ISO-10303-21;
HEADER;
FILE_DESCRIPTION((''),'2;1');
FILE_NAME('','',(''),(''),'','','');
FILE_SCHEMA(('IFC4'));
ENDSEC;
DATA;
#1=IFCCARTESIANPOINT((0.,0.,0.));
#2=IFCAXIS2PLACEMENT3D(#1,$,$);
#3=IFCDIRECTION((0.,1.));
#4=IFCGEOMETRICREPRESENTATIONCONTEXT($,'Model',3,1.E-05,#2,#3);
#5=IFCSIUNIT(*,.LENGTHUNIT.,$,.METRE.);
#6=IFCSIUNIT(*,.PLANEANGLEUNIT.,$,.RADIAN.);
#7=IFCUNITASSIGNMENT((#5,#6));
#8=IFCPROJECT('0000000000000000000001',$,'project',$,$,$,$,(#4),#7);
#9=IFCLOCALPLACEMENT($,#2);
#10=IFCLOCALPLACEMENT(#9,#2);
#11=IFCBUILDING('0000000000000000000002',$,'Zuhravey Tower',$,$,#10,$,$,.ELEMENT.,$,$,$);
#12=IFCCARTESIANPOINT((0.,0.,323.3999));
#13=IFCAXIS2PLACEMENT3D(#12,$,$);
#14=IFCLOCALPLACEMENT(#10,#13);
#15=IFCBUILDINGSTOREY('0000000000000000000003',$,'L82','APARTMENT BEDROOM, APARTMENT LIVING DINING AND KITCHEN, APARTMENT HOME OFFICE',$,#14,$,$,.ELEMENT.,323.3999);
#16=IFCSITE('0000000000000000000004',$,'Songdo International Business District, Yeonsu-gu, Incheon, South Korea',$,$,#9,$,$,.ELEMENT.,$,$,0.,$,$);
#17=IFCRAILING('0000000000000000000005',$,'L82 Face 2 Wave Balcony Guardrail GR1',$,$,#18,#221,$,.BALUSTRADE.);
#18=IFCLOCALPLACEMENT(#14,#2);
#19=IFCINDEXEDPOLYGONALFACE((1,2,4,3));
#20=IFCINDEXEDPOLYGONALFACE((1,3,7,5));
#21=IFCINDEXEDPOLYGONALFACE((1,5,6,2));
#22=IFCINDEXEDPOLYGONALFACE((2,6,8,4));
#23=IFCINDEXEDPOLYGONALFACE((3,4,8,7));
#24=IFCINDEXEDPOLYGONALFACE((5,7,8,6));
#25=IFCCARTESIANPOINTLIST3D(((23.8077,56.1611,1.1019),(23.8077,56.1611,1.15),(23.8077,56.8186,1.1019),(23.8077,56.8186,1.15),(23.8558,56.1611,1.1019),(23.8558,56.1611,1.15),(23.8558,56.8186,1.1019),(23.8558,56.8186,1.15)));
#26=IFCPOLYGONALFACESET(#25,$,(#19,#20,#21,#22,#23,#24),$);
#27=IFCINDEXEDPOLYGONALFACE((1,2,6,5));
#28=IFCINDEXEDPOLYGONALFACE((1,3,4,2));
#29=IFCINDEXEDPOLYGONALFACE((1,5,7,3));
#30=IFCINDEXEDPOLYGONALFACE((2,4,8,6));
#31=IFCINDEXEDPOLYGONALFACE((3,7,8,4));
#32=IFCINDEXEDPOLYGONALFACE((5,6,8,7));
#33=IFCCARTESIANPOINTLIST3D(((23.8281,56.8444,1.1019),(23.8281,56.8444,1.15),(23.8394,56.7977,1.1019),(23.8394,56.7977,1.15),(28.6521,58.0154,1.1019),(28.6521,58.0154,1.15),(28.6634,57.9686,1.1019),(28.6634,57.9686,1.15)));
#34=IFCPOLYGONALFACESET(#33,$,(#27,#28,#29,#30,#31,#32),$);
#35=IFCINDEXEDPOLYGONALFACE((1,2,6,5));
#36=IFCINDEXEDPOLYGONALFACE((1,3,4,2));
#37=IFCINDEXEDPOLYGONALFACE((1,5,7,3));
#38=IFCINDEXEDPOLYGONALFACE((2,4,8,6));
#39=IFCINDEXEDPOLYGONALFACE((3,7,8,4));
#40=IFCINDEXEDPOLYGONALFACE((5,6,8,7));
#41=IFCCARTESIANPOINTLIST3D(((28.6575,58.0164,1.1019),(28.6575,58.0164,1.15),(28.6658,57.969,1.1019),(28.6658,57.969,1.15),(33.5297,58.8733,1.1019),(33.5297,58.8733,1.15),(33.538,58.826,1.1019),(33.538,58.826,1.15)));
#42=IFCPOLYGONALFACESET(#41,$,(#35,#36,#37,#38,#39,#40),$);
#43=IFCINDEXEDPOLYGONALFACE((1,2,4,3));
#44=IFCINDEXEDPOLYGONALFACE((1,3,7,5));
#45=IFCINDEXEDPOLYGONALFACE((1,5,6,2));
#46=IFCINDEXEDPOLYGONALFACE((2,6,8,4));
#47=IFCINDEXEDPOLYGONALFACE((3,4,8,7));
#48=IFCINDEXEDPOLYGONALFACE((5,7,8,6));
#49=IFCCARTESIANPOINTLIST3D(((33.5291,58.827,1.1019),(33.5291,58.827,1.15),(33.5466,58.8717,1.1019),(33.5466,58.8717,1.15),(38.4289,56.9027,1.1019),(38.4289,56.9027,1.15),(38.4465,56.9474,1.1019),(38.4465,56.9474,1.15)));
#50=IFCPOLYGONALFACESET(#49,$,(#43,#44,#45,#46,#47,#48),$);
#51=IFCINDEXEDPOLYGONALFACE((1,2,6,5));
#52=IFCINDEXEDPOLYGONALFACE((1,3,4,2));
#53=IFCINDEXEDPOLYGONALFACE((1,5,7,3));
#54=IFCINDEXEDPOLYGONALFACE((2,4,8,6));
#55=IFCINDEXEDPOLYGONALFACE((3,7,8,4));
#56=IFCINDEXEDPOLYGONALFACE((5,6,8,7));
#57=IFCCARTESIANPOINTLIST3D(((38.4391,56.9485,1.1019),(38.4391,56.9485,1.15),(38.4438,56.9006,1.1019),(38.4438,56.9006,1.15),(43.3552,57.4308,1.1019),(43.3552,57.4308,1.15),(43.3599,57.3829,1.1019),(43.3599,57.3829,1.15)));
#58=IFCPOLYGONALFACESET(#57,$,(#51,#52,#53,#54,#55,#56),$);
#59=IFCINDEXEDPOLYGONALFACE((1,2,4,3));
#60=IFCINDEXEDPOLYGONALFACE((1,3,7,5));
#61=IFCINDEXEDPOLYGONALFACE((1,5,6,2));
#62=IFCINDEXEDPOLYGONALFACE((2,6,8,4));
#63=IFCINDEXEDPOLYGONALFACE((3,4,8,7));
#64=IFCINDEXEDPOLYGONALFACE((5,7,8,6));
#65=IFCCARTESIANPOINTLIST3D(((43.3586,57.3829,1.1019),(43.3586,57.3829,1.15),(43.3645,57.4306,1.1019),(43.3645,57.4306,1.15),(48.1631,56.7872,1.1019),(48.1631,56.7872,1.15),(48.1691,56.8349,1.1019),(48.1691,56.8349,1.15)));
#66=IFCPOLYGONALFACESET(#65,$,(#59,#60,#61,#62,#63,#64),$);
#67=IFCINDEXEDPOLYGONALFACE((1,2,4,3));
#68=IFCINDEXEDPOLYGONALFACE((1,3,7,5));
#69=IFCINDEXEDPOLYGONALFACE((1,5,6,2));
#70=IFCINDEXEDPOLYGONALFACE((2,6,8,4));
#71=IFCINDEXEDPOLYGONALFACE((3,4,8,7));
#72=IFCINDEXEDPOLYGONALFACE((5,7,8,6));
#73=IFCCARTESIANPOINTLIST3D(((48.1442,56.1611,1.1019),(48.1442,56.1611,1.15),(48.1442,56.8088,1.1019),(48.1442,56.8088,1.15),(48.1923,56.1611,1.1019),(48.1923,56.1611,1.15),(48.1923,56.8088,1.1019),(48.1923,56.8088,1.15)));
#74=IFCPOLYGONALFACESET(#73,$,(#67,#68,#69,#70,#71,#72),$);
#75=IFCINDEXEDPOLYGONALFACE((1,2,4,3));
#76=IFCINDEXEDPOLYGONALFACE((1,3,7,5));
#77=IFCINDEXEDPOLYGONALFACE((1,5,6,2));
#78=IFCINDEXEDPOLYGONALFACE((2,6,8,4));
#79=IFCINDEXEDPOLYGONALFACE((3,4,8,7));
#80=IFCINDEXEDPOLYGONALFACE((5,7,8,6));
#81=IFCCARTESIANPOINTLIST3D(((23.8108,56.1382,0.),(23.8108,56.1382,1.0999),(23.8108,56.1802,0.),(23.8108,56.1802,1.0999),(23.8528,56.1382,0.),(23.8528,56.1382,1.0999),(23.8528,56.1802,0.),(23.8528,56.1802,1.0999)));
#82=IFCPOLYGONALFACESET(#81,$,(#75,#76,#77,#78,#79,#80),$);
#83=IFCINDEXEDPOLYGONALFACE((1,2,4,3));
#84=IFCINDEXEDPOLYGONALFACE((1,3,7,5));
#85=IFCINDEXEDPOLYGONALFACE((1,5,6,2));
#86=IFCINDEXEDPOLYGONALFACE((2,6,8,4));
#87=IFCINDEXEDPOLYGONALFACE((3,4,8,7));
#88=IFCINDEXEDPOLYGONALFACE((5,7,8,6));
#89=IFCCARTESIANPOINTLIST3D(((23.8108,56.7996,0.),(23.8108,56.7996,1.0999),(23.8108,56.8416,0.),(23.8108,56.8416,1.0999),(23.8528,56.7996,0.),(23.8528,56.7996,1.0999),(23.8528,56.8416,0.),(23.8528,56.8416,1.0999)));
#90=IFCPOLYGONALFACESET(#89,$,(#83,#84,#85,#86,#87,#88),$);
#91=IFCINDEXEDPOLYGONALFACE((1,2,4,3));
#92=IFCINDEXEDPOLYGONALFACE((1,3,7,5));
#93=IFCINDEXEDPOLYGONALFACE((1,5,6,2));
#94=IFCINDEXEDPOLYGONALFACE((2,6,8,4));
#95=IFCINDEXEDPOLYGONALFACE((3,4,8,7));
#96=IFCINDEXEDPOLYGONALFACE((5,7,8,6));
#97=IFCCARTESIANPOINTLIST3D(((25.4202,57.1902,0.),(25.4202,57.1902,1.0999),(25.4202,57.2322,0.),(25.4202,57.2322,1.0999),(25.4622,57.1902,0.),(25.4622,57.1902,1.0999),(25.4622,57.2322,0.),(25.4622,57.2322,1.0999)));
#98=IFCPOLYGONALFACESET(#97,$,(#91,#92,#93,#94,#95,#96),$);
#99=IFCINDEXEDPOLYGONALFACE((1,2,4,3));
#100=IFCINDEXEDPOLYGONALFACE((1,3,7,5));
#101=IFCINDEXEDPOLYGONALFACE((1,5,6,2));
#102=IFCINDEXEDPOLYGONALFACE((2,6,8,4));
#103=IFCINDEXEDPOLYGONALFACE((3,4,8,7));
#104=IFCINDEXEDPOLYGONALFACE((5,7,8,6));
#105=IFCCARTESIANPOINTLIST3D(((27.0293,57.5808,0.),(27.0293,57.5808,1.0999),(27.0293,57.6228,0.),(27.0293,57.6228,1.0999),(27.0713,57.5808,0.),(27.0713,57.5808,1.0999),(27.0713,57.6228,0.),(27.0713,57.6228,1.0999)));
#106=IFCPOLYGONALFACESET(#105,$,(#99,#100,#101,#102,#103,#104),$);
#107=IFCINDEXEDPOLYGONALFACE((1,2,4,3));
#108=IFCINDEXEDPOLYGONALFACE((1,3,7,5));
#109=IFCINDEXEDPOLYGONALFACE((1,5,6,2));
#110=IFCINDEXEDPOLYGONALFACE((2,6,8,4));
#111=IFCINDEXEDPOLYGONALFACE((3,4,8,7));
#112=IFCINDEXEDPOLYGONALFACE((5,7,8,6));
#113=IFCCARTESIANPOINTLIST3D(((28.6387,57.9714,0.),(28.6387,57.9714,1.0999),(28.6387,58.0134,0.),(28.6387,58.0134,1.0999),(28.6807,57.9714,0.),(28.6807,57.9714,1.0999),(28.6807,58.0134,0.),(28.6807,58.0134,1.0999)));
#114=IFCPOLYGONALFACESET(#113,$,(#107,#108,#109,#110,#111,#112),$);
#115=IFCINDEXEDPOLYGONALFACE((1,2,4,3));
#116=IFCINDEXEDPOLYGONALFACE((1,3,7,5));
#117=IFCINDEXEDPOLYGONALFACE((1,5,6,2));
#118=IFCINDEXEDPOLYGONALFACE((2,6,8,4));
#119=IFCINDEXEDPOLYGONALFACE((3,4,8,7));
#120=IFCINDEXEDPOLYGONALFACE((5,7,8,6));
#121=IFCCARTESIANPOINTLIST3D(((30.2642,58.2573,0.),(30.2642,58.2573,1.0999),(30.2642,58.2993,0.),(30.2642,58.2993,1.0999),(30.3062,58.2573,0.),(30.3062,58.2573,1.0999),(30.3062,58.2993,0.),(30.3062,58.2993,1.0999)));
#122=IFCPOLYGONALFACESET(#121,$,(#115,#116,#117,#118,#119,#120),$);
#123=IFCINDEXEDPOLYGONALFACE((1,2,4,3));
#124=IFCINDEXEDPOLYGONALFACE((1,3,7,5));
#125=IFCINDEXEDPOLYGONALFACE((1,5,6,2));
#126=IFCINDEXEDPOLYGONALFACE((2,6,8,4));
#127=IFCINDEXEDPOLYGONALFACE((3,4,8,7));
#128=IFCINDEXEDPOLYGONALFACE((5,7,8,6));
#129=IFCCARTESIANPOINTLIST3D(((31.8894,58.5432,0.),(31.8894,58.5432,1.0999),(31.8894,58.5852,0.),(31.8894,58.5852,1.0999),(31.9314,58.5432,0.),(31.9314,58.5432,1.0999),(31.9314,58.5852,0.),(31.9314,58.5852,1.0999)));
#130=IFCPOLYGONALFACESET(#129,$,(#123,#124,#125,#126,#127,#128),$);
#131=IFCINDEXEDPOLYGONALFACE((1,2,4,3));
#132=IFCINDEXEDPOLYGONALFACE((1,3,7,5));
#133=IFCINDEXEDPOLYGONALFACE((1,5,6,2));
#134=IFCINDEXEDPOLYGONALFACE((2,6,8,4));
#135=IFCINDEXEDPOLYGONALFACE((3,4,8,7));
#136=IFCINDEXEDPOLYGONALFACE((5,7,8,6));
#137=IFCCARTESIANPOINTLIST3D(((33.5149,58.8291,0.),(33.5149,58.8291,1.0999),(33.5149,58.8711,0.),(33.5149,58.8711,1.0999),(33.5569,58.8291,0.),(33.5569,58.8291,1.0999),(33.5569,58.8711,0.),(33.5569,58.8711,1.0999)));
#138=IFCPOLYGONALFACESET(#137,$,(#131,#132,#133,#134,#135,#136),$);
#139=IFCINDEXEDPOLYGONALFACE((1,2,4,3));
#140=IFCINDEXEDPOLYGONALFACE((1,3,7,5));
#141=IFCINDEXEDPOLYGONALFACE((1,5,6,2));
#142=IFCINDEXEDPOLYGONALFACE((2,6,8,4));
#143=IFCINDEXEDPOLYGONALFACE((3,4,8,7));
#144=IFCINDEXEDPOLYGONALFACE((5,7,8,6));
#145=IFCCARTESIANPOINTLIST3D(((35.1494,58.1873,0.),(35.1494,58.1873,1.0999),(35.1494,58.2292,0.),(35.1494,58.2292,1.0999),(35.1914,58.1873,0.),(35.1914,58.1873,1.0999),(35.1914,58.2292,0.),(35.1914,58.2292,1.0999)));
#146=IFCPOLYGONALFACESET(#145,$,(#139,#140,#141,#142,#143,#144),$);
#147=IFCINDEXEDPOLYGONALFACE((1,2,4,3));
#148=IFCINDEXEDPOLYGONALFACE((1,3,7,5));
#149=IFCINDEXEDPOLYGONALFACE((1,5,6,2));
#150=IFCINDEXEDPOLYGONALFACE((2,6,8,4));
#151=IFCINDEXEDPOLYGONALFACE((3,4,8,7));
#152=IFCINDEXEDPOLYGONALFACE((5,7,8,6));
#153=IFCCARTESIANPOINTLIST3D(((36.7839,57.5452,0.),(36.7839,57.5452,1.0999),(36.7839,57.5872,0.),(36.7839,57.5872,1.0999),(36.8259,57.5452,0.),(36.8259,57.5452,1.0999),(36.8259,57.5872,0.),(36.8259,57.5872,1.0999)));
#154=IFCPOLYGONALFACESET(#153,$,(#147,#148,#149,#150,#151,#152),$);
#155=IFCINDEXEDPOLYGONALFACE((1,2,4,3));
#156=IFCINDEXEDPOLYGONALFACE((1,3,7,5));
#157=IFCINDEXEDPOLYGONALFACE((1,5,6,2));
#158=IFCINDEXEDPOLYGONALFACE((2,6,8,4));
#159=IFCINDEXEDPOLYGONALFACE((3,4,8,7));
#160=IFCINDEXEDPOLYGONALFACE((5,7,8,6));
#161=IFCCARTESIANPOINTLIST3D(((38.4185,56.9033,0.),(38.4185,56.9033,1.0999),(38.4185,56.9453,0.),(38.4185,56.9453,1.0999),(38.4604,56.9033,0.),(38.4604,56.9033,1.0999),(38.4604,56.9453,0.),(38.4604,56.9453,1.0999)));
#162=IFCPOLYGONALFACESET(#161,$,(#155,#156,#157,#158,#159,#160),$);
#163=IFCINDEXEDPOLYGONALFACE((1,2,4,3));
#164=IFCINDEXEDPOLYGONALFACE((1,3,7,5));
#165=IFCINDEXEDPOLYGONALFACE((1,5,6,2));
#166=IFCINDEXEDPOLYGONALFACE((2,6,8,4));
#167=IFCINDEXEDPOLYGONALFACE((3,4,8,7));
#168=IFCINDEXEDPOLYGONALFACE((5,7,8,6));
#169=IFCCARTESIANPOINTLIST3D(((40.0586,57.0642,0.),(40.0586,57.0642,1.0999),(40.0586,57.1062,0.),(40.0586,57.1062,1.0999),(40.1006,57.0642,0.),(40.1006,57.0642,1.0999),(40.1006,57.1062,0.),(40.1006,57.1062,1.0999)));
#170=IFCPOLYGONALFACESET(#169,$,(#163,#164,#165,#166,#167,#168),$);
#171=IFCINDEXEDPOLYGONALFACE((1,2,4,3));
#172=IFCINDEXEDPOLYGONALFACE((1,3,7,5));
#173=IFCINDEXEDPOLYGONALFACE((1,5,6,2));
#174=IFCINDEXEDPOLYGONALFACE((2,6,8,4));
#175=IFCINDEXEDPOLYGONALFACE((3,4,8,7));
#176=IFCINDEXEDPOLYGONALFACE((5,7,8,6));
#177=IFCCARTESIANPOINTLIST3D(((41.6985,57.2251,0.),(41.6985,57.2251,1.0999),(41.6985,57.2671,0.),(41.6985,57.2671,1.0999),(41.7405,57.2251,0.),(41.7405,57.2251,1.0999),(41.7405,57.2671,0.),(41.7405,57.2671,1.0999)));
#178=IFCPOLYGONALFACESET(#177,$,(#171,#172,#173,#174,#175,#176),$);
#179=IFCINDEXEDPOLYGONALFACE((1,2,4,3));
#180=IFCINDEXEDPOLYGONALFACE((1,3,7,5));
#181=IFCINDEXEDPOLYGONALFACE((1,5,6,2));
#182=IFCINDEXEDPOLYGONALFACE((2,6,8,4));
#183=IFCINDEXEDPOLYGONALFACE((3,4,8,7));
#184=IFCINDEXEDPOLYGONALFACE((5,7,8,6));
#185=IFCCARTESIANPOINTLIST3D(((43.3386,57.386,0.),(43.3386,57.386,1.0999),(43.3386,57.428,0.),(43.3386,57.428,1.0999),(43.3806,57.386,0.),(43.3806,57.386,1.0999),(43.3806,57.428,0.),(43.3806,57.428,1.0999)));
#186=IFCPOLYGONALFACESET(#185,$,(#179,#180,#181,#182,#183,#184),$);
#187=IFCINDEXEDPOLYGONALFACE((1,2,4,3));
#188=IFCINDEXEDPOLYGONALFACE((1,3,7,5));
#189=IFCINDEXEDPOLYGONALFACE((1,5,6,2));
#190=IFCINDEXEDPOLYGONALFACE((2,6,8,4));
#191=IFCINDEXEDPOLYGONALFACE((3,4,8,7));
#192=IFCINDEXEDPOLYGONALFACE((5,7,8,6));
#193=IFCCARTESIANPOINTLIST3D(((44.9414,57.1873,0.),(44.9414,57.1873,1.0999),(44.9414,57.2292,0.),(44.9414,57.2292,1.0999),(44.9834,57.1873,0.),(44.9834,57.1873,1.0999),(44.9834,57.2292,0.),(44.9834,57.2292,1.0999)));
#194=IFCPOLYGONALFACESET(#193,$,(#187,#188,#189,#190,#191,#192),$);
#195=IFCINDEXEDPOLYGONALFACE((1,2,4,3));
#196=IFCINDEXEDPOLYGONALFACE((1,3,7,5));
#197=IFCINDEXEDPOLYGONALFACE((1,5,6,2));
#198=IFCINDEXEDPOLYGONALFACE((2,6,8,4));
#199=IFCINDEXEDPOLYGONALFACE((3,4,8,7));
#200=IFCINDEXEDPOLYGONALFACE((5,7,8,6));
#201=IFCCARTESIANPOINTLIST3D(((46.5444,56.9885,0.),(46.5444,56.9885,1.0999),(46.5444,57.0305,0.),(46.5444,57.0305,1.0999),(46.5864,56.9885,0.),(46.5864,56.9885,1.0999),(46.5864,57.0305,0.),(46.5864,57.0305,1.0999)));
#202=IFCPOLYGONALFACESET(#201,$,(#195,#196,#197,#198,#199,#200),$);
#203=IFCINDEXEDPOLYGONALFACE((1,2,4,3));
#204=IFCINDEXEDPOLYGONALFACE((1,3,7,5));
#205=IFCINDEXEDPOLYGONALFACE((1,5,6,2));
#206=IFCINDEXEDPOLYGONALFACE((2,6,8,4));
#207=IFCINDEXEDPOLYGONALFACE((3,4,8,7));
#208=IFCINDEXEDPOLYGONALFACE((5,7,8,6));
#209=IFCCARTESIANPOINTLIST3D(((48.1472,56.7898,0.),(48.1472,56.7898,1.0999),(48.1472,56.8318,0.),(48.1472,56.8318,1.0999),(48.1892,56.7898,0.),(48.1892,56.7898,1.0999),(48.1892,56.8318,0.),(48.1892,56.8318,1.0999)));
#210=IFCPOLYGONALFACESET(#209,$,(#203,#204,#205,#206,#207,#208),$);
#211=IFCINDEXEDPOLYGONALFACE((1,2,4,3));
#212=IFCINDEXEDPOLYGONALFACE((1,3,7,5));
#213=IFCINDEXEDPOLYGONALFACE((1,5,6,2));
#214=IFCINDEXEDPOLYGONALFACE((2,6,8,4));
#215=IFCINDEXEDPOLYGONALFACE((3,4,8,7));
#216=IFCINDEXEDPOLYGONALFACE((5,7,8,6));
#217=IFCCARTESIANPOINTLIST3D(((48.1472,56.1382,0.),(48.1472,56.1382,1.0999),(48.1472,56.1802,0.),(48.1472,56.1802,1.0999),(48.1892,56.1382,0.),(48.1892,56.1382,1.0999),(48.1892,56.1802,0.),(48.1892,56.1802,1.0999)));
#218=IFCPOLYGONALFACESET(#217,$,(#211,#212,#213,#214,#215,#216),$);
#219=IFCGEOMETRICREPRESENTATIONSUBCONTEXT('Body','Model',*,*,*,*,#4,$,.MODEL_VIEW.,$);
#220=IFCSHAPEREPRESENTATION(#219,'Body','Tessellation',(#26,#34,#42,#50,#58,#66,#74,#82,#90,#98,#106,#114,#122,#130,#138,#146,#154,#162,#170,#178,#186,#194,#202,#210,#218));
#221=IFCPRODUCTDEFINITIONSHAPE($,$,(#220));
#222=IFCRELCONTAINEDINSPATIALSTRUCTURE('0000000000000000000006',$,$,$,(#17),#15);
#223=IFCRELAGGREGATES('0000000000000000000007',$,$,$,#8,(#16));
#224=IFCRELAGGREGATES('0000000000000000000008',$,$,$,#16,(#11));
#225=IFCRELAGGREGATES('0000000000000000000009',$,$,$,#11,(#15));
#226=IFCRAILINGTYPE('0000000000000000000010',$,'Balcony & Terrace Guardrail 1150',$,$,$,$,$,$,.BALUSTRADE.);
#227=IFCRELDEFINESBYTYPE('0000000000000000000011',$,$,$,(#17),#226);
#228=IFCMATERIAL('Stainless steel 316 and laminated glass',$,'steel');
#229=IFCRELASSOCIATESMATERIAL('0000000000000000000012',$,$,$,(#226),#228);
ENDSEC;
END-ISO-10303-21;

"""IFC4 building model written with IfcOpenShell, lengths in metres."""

from ifc_helpers import new_model, si_unit, direction, frame, origin, origin_2d, place, context, subcontext, project, spatial, rectangle, extrude, material, type_object, element, save


model = new_model("IFC4")

# Units and contexts
model_context = context("Model", 3, precision=1e-05, world=origin(), true_north=direction((0.0, 1.0)))
body_context = subcontext(model_context, "Body", "Model", "MODEL_VIEW")
ifc_project = project(units=[si_unit("LENGTHUNIT", "METRE"), si_unit("PLANEANGLEUNIT", "RADIAN")], contexts=[model_context])

# Site, building, storey
site_placement = place(None, origin())
site = spatial("IfcSite", under=ifc_project, at=site_placement, Name="Songdo International Business District, Yeonsu-gu, Incheon, South Korea", CompositionType="ELEMENT", RefElevation=0.0)
building_placement = place(site_placement, origin())
building = spatial("IfcBuilding", under=site, at=building_placement, Name="Zuhravey Tower", CompositionType="ELEMENT")
storey_placement = place(building_placement, frame((0.0, 0.0, 323.3999)))
storey = spatial("IfcBuildingStorey", under=building, at=storey_placement, Name="L82", Description="APARTMENT BEDROOM, APARTMENT LIVING DINING AND KITCHEN, APARTMENT HOME OFFICE", CompositionType="ELEMENT", Elevation=323.3999)

# Railing
ifc_material_1 = material(Name="Stainless steel 316 and laminated glass", Category="steel")
railing_type = type_object("IfcRailingType", Name="Balcony & Terrace Guardrail 1150", PredefinedType="BALUSTRADE", material=ifc_material_1)
railing_placement = place(storey_placement, frame((23.8318, 56.1592, 0.0)))
element("IfcRailing", 1, at=railing_placement, inside=storey, type_object=railing_type, Name="L82 Face 2 Wave Balcony Guardrail GR1", PredefinedType="BALUSTRADE", context=body_context, shape_type="SweptSolid", body=[
    extrude(rectangle(XDim=0.0481, YDim=0.0481, at=origin_2d()), frame((0.0, 0.002, 1.126), z_axis=(0.0, 1.0, 0.0), x_axis=(-1.0, 0.0, 0.0)), (0.0, 0.0, 1.0), 0.6575),
    extrude(rectangle(XDim=0.0481, YDim=0.0481, at=origin_2d()), frame((0.002, 0.6619, 1.126), z_axis=(0.971782, 0.235881, 0.0), x_axis=(-0.235881, 0.971782, 0.0)), (0.0, 0.0, 1.0), 4.9641),
    extrude(rectangle(XDim=0.0481, YDim=0.0481, at=origin_2d()), frame((4.8298, 1.8335, 1.126), z_axis=(0.984882, 0.173228, 0.0), x_axis=(-0.173228, 0.984882, 0.0)), (0.0, 0.0, 1.0), 4.947),
    extrude(rectangle(XDim=0.0481, YDim=0.0481, at=origin_2d()), frame((9.7061, 2.6902, 1.126), z_axis=(0.930791, -0.365551, 0.0), x_axis=(0.365551, 0.930791, 0.0)), (0.0, 0.0, 1.0), 5.2642),
    extrude(rectangle(XDim=0.0481, YDim=0.0481, at=origin_2d()), frame((14.6096, 0.7654, 1.126), z_axis=(0.995223, 0.097631, 0.0), x_axis=(-0.097631, 0.995223, 0.0)), (0.0, 0.0, 1.0), 4.9397),
    extrude(rectangle(XDim=0.0481, YDim=0.0481, at=origin_2d()), frame((19.5298, 1.2476, 1.126), z_axis=(0.992401, -0.123042, 0.0), x_axis=(0.123042, 0.992401, 0.0)), (0.0, 0.0, 1.0), 4.8413),
    extrude(rectangle(XDim=0.0481, YDim=0.0481, at=origin_2d()), frame((24.3364, 0.6497, 1.126), z_axis=(0.0, -1.0, 0.0), x_axis=(1.0, 0.0, 0.0)), (0.0, 0.0, 1.0), 0.6477),
    extrude(rectangle(XDim=0.042, YDim=0.042, at=origin_2d()), origin(), (0.0, 0.0, 1.0), 1.0999),
    extrude(rectangle(XDim=0.042, YDim=0.042, at=origin_2d()), frame((0.0, 0.6614, 0.0)), (0.0, 0.0, 1.0), 1.0999),
    extrude(rectangle(XDim=0.042, YDim=0.042, at=origin_2d()), frame((1.6094, 1.052, 0.0)), (0.0, 0.0, 1.0), 1.0999),
    extrude(rectangle(XDim=0.042, YDim=0.042, at=origin_2d()), frame((3.2185, 1.4426, 0.0)), (0.0, 0.0, 1.0), 1.0999),
    extrude(rectangle(XDim=0.042, YDim=0.042, at=origin_2d()), frame((4.8279, 1.8333, 0.0)), (0.0, 0.0, 1.0), 1.0999),
    extrude(rectangle(XDim=0.042, YDim=0.042, at=origin_2d()), frame((6.4534, 2.1191, 0.0)), (0.0, 0.0, 1.0), 1.0999),
    extrude(rectangle(XDim=0.042, YDim=0.042, at=origin_2d()), frame((8.0786, 2.405, 0.0)), (0.0, 0.0, 1.0), 1.0999),
    extrude(rectangle(XDim=0.042, YDim=0.042, at=origin_2d()), frame((9.7041, 2.6909, 0.0)), (0.0, 0.0, 1.0), 1.0999),
    extrude(rectangle(XDim=0.042, YDim=0.042, at=origin_2d()), frame((11.3386, 2.0491, 0.0)), (0.0, 0.0, 1.0), 1.0999),
    extrude(rectangle(XDim=0.042, YDim=0.042, at=origin_2d()), frame((12.9731, 1.407, 0.0)), (0.0, 0.0, 1.0), 1.0999),
    extrude(rectangle(XDim=0.042, YDim=0.042, at=origin_2d()), frame((14.6077, 0.7651, 0.0)), (0.0, 0.0, 1.0), 1.0999),
    extrude(rectangle(XDim=0.042, YDim=0.042, at=origin_2d()), frame((16.2478, 0.926, 0.0)), (0.0, 0.0, 1.0), 1.0999),
    extrude(rectangle(XDim=0.042, YDim=0.042, at=origin_2d()), frame((17.8877, 1.0869, 0.0)), (0.0, 0.0, 1.0), 1.0999),
    extrude(rectangle(XDim=0.042, YDim=0.042, at=origin_2d()), frame((19.5278, 1.2478, 0.0)), (0.0, 0.0, 1.0), 1.0999),
    extrude(rectangle(XDim=0.042, YDim=0.042, at=origin_2d()), frame((21.1306, 1.0491, 0.0)), (0.0, 0.0, 1.0), 1.0999),
    extrude(rectangle(XDim=0.042, YDim=0.042, at=origin_2d()), frame((22.7336, 0.8503, 0.0)), (0.0, 0.0, 1.0), 1.0999),
    extrude(rectangle(XDim=0.042, YDim=0.042, at=origin_2d()), frame((24.3364, 0.6516, 0.0)), (0.0, 0.0, 1.0), 1.0999),
    extrude(rectangle(XDim=0.042, YDim=0.042, at=origin_2d()), frame((24.3364, 0.0, 0.0)), (0.0, 0.0, 1.0), 1.0999),
])

save(model, "model.ifc")
